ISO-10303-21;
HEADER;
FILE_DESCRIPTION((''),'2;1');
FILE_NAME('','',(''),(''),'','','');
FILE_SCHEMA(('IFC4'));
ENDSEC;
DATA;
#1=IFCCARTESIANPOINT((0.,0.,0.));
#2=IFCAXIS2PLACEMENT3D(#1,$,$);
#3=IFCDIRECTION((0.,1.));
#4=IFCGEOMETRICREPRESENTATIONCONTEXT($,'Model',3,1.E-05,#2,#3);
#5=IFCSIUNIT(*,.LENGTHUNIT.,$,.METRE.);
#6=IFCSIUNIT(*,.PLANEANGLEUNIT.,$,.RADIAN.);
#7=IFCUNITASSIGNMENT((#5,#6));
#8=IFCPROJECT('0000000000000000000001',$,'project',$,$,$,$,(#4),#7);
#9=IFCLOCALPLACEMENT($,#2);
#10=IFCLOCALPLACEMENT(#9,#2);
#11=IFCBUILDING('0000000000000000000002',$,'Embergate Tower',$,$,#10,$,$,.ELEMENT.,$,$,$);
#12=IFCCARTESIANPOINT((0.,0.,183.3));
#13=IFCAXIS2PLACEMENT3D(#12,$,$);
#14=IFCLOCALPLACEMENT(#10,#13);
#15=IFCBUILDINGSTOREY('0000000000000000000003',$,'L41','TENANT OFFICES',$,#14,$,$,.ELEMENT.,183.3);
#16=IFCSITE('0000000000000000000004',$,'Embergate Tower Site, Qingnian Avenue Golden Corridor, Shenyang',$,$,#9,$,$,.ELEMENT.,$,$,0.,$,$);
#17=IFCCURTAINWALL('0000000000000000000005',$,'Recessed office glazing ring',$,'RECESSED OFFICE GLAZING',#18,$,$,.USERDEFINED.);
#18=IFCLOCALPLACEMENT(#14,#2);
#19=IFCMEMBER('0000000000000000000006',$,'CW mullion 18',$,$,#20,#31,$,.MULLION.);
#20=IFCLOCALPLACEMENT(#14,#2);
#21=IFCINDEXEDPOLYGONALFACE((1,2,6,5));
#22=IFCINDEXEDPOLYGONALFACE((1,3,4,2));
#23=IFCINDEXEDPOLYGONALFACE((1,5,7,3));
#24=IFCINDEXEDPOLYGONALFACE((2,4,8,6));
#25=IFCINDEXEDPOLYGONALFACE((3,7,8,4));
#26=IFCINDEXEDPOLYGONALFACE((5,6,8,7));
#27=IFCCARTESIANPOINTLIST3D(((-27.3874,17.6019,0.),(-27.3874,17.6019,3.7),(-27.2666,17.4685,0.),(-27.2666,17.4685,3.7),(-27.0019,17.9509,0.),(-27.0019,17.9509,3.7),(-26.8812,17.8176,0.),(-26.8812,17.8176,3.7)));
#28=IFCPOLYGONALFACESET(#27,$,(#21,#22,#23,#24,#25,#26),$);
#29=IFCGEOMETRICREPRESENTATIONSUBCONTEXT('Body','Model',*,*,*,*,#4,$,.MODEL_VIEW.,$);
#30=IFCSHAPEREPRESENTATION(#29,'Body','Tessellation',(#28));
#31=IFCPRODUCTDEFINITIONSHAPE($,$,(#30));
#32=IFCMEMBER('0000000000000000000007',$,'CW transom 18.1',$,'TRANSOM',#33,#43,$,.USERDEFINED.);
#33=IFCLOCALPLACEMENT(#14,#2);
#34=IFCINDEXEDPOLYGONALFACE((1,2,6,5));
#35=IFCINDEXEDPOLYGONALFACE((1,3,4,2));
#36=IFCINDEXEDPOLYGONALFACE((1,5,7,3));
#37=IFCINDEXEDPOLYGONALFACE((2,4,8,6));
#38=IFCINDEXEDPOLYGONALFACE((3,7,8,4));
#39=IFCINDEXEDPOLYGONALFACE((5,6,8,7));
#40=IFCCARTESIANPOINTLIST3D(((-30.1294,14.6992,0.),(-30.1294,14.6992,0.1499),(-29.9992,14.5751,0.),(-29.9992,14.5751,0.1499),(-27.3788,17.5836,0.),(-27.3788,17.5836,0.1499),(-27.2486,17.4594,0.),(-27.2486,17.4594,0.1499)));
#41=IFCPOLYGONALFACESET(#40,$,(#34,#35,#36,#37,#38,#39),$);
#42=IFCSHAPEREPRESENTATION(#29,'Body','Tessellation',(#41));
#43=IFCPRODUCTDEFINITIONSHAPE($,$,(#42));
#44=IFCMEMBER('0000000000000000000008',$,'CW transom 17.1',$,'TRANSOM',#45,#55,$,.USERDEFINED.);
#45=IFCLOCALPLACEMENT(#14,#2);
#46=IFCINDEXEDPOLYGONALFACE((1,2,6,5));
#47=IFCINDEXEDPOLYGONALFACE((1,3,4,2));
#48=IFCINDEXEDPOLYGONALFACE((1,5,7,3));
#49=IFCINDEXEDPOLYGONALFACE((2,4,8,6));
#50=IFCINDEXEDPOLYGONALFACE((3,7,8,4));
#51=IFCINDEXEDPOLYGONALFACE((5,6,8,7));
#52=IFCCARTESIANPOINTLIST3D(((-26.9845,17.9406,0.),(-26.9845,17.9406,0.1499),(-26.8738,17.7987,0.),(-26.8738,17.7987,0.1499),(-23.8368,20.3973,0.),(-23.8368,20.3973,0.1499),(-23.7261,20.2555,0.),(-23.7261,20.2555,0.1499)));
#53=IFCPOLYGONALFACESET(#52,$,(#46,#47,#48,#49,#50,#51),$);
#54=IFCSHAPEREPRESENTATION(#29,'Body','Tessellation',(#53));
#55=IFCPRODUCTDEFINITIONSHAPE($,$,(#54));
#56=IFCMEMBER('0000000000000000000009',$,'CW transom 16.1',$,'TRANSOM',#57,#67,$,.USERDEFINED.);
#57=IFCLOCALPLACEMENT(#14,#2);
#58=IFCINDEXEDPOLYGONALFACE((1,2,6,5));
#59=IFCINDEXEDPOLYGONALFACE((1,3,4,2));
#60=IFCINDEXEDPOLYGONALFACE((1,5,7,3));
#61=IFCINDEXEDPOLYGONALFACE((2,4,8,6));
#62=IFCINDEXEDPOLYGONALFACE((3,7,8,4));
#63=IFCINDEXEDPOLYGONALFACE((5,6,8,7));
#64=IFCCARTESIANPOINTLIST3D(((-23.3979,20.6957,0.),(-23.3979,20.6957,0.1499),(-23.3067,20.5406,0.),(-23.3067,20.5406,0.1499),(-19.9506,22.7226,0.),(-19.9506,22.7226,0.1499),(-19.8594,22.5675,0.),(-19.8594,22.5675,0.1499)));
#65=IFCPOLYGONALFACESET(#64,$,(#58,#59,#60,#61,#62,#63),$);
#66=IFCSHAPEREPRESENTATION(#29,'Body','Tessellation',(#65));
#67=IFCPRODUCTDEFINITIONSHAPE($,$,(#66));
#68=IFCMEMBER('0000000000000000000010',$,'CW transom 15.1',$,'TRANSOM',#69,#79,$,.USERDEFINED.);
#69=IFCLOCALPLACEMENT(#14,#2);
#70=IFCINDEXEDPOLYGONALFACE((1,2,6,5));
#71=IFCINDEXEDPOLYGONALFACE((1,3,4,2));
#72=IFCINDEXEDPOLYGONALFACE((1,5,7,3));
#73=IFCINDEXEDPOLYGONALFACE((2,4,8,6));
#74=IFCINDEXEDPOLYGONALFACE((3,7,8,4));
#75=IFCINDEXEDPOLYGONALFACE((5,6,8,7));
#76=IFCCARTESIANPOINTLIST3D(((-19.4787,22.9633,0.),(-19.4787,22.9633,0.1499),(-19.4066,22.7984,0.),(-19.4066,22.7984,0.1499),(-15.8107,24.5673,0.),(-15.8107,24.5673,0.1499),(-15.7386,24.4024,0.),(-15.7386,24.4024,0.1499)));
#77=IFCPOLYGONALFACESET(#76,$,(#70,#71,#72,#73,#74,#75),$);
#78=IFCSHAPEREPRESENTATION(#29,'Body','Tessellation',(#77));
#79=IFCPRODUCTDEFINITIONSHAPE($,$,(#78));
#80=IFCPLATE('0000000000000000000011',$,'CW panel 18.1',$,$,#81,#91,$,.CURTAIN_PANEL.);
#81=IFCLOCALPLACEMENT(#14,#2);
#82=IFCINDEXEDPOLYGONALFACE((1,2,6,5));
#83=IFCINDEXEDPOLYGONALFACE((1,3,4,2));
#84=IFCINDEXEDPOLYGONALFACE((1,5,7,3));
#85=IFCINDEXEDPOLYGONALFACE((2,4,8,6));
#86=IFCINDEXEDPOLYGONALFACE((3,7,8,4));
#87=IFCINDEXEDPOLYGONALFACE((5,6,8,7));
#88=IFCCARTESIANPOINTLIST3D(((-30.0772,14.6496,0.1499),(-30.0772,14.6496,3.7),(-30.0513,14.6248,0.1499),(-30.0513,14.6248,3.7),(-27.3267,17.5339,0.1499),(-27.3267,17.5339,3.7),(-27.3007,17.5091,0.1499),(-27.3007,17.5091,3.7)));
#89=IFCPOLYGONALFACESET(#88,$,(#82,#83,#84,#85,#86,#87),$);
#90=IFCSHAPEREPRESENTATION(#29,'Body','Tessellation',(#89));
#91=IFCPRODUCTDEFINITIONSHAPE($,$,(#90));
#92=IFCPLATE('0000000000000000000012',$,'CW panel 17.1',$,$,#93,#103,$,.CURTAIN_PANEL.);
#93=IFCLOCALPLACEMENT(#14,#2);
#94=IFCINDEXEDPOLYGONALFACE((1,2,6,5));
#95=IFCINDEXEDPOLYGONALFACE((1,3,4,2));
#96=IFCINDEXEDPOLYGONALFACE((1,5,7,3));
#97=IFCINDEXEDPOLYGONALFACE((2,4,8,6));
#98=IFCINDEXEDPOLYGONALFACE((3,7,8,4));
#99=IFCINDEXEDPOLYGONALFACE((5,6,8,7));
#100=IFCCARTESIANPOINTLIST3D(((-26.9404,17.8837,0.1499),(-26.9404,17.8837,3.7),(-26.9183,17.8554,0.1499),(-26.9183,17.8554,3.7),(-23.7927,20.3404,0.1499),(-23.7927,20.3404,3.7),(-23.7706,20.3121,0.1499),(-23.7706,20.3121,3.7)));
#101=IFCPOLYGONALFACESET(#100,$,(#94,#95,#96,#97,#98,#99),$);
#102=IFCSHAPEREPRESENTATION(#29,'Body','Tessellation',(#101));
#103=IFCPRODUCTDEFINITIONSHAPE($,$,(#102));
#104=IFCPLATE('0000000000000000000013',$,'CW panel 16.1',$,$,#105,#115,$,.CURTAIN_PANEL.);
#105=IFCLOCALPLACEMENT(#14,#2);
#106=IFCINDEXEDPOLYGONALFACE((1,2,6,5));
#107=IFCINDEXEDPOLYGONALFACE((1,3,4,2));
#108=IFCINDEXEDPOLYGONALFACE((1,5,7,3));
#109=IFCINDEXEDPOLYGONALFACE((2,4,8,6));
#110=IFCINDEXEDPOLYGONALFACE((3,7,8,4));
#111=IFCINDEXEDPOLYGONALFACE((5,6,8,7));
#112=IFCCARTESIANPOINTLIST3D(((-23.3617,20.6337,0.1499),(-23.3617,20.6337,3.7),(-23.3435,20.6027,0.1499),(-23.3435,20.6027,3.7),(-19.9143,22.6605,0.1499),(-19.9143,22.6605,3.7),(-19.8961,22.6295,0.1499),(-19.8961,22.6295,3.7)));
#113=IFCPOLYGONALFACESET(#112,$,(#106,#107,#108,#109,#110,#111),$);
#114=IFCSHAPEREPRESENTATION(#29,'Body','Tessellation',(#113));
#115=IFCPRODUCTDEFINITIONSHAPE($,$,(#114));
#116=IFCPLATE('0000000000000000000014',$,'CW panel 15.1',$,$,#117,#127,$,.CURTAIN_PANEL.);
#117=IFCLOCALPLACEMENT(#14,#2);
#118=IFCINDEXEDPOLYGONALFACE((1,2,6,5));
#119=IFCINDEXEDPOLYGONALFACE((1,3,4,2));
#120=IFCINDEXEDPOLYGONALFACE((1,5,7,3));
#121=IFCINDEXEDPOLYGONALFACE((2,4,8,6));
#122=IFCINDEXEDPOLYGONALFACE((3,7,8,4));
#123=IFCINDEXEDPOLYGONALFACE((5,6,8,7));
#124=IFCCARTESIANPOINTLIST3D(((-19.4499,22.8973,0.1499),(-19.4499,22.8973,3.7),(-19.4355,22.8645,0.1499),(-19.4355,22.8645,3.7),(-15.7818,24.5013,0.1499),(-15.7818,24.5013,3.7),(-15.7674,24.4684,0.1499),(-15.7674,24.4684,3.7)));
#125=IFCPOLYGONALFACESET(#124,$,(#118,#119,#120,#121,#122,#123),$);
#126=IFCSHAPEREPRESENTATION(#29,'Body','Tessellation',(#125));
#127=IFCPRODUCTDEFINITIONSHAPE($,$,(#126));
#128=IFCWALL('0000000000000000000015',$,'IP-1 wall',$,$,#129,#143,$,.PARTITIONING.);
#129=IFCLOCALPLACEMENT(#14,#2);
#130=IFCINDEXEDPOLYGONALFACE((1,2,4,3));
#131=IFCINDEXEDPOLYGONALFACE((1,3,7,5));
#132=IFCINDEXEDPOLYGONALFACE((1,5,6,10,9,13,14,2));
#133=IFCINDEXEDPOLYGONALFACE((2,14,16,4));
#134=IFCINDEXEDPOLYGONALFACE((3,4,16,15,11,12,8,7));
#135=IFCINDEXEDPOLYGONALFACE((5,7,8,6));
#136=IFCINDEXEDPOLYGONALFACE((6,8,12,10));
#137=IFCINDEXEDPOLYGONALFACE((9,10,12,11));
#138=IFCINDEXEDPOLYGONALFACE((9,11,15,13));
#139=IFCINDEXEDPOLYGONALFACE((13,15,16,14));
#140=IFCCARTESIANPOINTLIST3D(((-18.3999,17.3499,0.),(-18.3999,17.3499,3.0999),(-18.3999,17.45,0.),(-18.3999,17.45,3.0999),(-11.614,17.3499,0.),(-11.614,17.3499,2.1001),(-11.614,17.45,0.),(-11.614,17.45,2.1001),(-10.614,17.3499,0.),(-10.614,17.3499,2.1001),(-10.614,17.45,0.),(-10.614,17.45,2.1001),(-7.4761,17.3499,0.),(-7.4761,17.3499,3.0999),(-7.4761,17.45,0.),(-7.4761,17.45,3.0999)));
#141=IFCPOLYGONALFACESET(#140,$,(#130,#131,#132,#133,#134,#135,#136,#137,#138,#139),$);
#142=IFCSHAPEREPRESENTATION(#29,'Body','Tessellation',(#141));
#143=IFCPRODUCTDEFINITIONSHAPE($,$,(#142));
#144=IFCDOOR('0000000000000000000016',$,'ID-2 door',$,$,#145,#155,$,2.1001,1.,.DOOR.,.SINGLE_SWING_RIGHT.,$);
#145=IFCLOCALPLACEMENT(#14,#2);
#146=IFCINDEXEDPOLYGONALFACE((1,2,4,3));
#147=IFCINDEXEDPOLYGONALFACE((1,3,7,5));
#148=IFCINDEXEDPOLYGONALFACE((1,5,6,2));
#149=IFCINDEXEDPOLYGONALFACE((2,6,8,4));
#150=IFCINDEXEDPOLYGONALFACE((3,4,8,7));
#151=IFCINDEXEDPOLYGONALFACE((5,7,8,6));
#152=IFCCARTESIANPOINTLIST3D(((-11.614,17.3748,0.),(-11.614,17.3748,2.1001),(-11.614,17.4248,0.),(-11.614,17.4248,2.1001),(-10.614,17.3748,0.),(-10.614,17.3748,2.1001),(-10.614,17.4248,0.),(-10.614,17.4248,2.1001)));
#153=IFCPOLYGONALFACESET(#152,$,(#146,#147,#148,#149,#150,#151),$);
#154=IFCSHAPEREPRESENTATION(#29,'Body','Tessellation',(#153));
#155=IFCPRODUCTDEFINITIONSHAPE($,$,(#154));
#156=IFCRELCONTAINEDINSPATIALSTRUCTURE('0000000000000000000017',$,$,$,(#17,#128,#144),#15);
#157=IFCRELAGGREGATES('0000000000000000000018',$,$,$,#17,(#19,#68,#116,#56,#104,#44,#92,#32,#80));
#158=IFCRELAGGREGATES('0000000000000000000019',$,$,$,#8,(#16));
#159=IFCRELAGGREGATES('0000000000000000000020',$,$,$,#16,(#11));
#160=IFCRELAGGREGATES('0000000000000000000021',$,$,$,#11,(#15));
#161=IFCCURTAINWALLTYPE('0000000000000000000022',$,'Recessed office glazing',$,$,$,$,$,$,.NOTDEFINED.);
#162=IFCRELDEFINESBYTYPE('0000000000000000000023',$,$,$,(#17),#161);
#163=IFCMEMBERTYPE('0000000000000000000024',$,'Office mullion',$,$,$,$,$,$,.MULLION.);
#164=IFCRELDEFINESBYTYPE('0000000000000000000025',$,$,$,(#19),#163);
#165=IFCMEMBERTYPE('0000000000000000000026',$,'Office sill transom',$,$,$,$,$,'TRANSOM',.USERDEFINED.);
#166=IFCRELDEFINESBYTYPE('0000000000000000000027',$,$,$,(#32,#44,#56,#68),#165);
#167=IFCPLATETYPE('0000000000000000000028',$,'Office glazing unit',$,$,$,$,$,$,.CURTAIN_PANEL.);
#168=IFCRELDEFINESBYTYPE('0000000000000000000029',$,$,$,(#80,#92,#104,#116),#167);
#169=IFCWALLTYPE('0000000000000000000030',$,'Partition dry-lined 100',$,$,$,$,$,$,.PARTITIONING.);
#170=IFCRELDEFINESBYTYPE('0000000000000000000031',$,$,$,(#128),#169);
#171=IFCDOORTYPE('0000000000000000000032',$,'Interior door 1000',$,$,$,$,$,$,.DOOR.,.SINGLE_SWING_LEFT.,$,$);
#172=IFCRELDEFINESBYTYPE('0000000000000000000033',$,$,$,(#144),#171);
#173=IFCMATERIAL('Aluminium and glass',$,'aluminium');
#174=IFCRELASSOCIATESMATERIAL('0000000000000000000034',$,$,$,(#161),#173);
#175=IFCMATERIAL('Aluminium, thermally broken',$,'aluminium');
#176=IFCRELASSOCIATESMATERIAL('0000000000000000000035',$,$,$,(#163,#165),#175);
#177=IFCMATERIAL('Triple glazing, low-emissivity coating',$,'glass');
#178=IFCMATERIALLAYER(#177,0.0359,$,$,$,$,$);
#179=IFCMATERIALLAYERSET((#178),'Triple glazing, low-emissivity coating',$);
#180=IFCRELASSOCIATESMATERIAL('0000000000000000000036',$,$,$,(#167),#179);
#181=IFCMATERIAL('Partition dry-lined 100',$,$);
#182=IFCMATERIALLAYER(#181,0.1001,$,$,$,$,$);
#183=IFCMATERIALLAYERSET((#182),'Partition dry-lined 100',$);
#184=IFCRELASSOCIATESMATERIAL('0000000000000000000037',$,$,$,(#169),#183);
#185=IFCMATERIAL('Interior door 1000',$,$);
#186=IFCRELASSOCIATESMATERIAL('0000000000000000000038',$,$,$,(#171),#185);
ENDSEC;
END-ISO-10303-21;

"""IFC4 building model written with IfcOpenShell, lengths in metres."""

from ifc_helpers import new_model, si_unit, direction, frame, frame_2d, origin, origin_2d, place, context, subcontext, project, spatial, rectangle, extrude, source, transform, mapped, material, layer, layer_set, material_profile, profile_set, type_object, element, fill, aggregate, save


model = new_model("IFC4")

# Units and contexts
model_context = context("Model", 3, precision=1e-05, world=origin(), true_north=direction((0.0, 1.0)))
body_context = subcontext(model_context, "Body", "Model", "MODEL_VIEW")
ifc_project = project(units=[si_unit("LENGTHUNIT", "METRE"), si_unit("PLANEANGLEUNIT", "RADIAN")], contexts=[model_context])

# Site, building, storey
site_placement = place(None, origin())
site = spatial("IfcSite", under=ifc_project, at=site_placement, Name="Embergate Tower Site, Qingnian Avenue Golden Corridor, Shenyang", CompositionType="ELEMENT", RefElevation=0.0)
building_placement = place(site_placement, origin())
building = spatial("IfcBuilding", under=site, at=building_placement, Name="Embergate Tower", CompositionType="ELEMENT")
storey_placement = place(building_placement, frame((0.0, 0.0, 183.3)))
storey = spatial("IfcBuildingStorey", under=building, at=storey_placement, Name="L41", Description="TENANT OFFICES", CompositionType="ELEMENT", Elevation=183.3)

# Curtain wall, members, plates
ifc_material_1 = material(Name="Aluminium and glass", Category="aluminium")
curtain_wall_type = type_object("IfcCurtainWallType", Name="Recessed office glazing", PredefinedType="NOTDEFINED", material=ifc_material_1)
curtain_wall_placement = place(storey_placement, origin())
curtain_wall = element("IfcCurtainWall", 1, at=curtain_wall_placement, inside=storey, type_object=curtain_wall_type, Name="Recessed office glazing ring", ObjectType="RECESSED OFFICE GLAZING", PredefinedType="USERDEFINED")
ifc_material_2 = material(Name="Aluminium, thermally broken", Category="aluminium")
ifc_material_profile_1 = material_profile(ifc_material_2, rectangle(XDim=0.1799, YDim=0.52, at=origin_2d()), Name="AL 520x180")
ifc_profile_set_1 = profile_set([ifc_material_profile_1], Name="Aluminium, thermally broken")
member_type_1 = type_object("IfcMemberType", Name="Office mullion", PredefinedType="MULLION", material=ifc_profile_set_1)
shared_shape_1 = source(origin(), body_context, "Body", "SweptSolid", [
    extrude(rectangle(XDim=0.1799, YDim=0.52, at=origin_2d()), origin(), (0.0, 0.0, 1.0), 3.7),
])
member_1_placement = place(storey_placement, frame((-27.1343, 17.7097, 0.0), z_axis=(0.0, 0.0, 1.0), x_axis=(0.671229, -0.74125, 0.0)))
member_1 = element("IfcMember", 2, at=member_1_placement, type_object=member_type_1, Name="CW mullion 18", PredefinedType="MULLION", context=body_context, shape_type="MappedRepresentation", body=[
    mapped(shared_shape_1, transform((0.0, 0.0, 0.0))),
])
ifc_material_profile_2 = material_profile(ifc_material_2, rectangle(XDim=0.1799, YDim=0.1499, at=origin_2d()), Name="AL 150x180")
ifc_profile_set_2 = profile_set([ifc_material_profile_2], Name="Aluminium, thermally broken")
member_type_2 = type_object("IfcMemberType", Name="Office sill transom", ElementType="TRANSOM", PredefinedType="USERDEFINED", material=ifc_profile_set_2)
shared_shape_2 = source(origin(), body_context, "Body", "SweptSolid", [
    extrude(rectangle(XDim=0.1799, YDim=0.1499, at=origin_2d()), origin(), (0.0, 0.0, 1.0), 3.9856),
])
member_2_placement = place(storey_placement, frame((-27.3137, 17.5215, 0.075), z_axis=(-0.690123, -0.723692, 0.0), x_axis=(0.723692, -0.690123, 0.0)))
member_2 = element("IfcMember", 3, at=member_2_placement, type_object=member_type_2, Name="CW transom 18.1", ObjectType="TRANSOM", PredefinedType="USERDEFINED", context=body_context, shape_type="MappedRepresentation", body=[
    mapped(shared_shape_2, transform((0.0, 0.0, 0.0))),
])
shared_shape_3 = source(origin(), body_context, "Body", "SweptSolid", [
    extrude(rectangle(XDim=0.1799, YDim=0.1499, at=origin_2d()), origin(), (0.0, 0.0, 1.0), 3.9929),
])
member_3_placement = place(storey_placement, frame((-23.7815, 20.3264, 0.075), z_axis=(-0.788311, -0.615277, 0.0), x_axis=(0.615277, -0.788311, 0.0)))
member_3 = element("IfcMember", 4, at=member_3_placement, type_object=member_type_2, Name="CW transom 17.1", ObjectType="TRANSOM", PredefinedType="USERDEFINED", context=body_context, shape_type="MappedRepresentation", body=[
    mapped(shared_shape_3, transform((0.0, 0.0, 0.0))),
])
shared_shape_4 = source(origin(), body_context, "Body", "SweptSolid", [
    extrude(rectangle(XDim=0.1799, YDim=0.1499, at=origin_2d()), origin(), (0.0, 0.0, 1.0), 3.999),
])
member_4_placement = place(storey_placement, frame((-19.905, 22.645, 0.075), z_axis=(-0.862038, -0.506844, 0.0), x_axis=(0.506844, -0.862038, 0.0)))
member_4 = element("IfcMember", 5, at=member_4_placement, type_object=member_type_2, Name="CW transom 16.1", ObjectType="TRANSOM", PredefinedType="USERDEFINED", context=body_context, shape_type="MappedRepresentation", body=[
    mapped(shared_shape_4, transform((0.0, 0.0, 0.0))),
])
shared_shape_5 = source(origin(), body_context, "Body", "SweptSolid", [
    extrude(rectangle(XDim=0.1799, YDim=0.1499, at=origin_2d()), origin(), (0.0, 0.0, 1.0), 4.0034),
])
member_5_placement = place(storey_placement, frame((-15.7747, 24.4849, 0.075), z_axis=(-0.916225, -0.400665, 0.0), x_axis=(0.400665, -0.916225, 0.0)))
member_5 = element("IfcMember", 6, at=member_5_placement, type_object=member_type_2, Name="CW transom 15.1", ObjectType="TRANSOM", PredefinedType="USERDEFINED", context=body_context, shape_type="MappedRepresentation", body=[
    mapped(shared_shape_5, transform((0.0, 0.0, 0.0))),
])
ifc_material_3 = material(Name="Triple glazing, low-emissivity coating", Category="glass")
ifc_layer_1 = layer(ifc_material_3, 0.0359)
ifc_layer_set_1 = layer_set([ifc_layer_1], Name="Triple glazing, low-emissivity coating")
plate_type = type_object("IfcPlateType", Name="Office glazing unit", PredefinedType="CURTAIN_PANEL", material=ifc_layer_set_1)
shared_shape_6 = source(origin(), body_context, "Body", "SweptSolid", [
    extrude(rectangle(XDim=3.9856, YDim=0.0359, at=origin_2d()), origin(), (0.0, 0.0, 1.0), 3.55),
])
plate_1_placement = place(storey_placement, frame((-28.689, 16.0793, 0.1499), z_axis=(0.0, 0.0, 1.0), x_axis=(-0.690133, -0.723683, 0.0)))
plate_1 = element("IfcPlate", 7, at=plate_1_placement, type_object=plate_type, Name="CW panel 18.1", PredefinedType="CURTAIN_PANEL", context=body_context, shape_type="MappedRepresentation", body=[
    mapped(shared_shape_6, transform((0.0, 0.0, 0.0))),
])
shared_shape_7 = source(origin(), body_context, "Body", "SweptSolid", [
    extrude(rectangle(XDim=3.9929, YDim=0.0359, at=origin_2d()), origin(), (0.0, 0.0, 1.0), 3.55),
])
plate_2_placement = place(storey_placement, frame((-25.3555, 19.0979, 0.1499), z_axis=(0.0, 0.0, 1.0), x_axis=(-0.788318, -0.615268, 0.0)))
plate_2 = element("IfcPlate", 8, at=plate_2_placement, type_object=plate_type, Name="CW panel 17.1", PredefinedType="CURTAIN_PANEL", context=body_context, shape_type="MappedRepresentation", body=[
    mapped(shared_shape_7, transform((0.0, 0.0, 0.0))),
])
shared_shape_8 = source(origin(), body_context, "Body", "SweptSolid", [
    extrude(rectangle(XDim=3.999, YDim=0.0359, at=origin_2d()), origin(), (0.0, 0.0, 1.0), 3.55),
])
plate_3_placement = place(storey_placement, frame((-21.6289, 21.6316, 0.1499), z_axis=(0.0, 0.0, 1.0), x_axis=(-0.862051, -0.506821, 0.0)))
plate_3 = element("IfcPlate", 9, at=plate_3_placement, type_object=plate_type, Name="CW panel 16.1", PredefinedType="CURTAIN_PANEL", context=body_context, shape_type="MappedRepresentation", body=[
    mapped(shared_shape_8, transform((0.0, 0.0, 0.0))),
])
shared_shape_9 = source(origin(), body_context, "Body", "SweptSolid", [
    extrude(rectangle(XDim=4.0034, YDim=0.0359, at=origin_2d()), origin(), (0.0, 0.0, 1.0), 3.55),
])
plate_4_placement = place(storey_placement, frame((-17.6086, 23.6829, 0.1499), z_axis=(0.0, 0.0, 1.0), x_axis=(-0.916235, -0.400642, 0.0)))
plate_4 = element("IfcPlate", 10, at=plate_4_placement, type_object=plate_type, Name="CW panel 15.1", PredefinedType="CURTAIN_PANEL", context=body_context, shape_type="MappedRepresentation", body=[
    mapped(shared_shape_9, transform((0.0, 0.0, 0.0))),
])
aggregate(curtain_wall, [member_1, member_5, plate_4, member_4, plate_3, member_3, plate_2, member_2, plate_1])

# Wall, opening, door
ifc_material_4 = material(Name="Partition dry-lined 100")
ifc_layer_2 = layer(ifc_material_4, 0.1001)
ifc_layer_set_2 = layer_set([ifc_layer_2], Name="Partition dry-lined 100")
wall_type = type_object("IfcWallType", Name="Partition dry-lined 100", PredefinedType="PARTITIONING", material=ifc_layer_set_2)
shared_shape_10 = source(origin(), body_context, "Body", "SweptSolid", [
    extrude(rectangle(XDim=10.9238, YDim=0.1001, at=frame_2d((5.4619, 0.0))), origin(), (0.0, 0.0, 1.0), 3.0999),
])
wall_placement = place(storey_placement, frame((-18.3999, 17.3999, 0.0), z_axis=(0.0, 0.0, 1.0), x_axis=(1.0, 0.0, 0.0)))
wall = element("IfcWall", 11, at=wall_placement, inside=storey, type_object=wall_type, Name="IP-1 wall", PredefinedType="PARTITIONING", context=body_context, shape_type="MappedRepresentation", body=[
    mapped(shared_shape_10, transform((0.0, 0.0, 0.0))),
])
shared_shape_11 = source(origin(), body_context, "Body", "SweptSolid", [
    extrude(rectangle(XDim=1.0, YDim=2.1001, at=frame_2d((0.5, 1.05))), frame((0.0, 0.0601, 0.0), z_axis=(0.0, -1.0, 0.0), x_axis=(1.0, 0.0, 0.0)), (0.0, 0.0, 1.0), 0.1201),
])
opening_placement = place(wall_placement, frame((6.7859, 0.0, 0.0)))
opening = element("IfcOpeningElement", 12, at=opening_placement, cuts=wall, PredefinedType="OPENING", context=body_context, shape_type="MappedRepresentation", body=[
    mapped(shared_shape_11, transform((0.0, 0.0, 0.0))),
])
ifc_material_5 = material(Name="Interior door 1000")
door_type = type_object("IfcDoorType", Name="Interior door 1000", OperationType="SINGLE_SWING_LEFT", PredefinedType="DOOR", material=ifc_material_5)
shared_shape_12 = source(origin(), body_context, "Body", "SweptSolid", [
    extrude(rectangle(XDim=1.0, YDim=2.1001, at=frame_2d((0.5, 1.05))), frame((0.0, 0.0249, 0.0), z_axis=(0.0, -1.0, 0.0), x_axis=(1.0, 0.0, 0.0)), (0.0, 0.0, 1.0), 0.05),
])
door_placement = place(opening_placement, origin())
door = element("IfcDoor", 13, at=door_placement, inside=storey, type_object=door_type, Name="ID-2 door", OperationType="SINGLE_SWING_RIGHT", OverallHeight=2.1001, OverallWidth=1.0, PredefinedType="DOOR", context=body_context, shape_type="MappedRepresentation", body=[
    mapped(shared_shape_12, transform((0.0, 0.0, 0.0))),
])
fill(opening, door)

save(model, "model.ifc")
